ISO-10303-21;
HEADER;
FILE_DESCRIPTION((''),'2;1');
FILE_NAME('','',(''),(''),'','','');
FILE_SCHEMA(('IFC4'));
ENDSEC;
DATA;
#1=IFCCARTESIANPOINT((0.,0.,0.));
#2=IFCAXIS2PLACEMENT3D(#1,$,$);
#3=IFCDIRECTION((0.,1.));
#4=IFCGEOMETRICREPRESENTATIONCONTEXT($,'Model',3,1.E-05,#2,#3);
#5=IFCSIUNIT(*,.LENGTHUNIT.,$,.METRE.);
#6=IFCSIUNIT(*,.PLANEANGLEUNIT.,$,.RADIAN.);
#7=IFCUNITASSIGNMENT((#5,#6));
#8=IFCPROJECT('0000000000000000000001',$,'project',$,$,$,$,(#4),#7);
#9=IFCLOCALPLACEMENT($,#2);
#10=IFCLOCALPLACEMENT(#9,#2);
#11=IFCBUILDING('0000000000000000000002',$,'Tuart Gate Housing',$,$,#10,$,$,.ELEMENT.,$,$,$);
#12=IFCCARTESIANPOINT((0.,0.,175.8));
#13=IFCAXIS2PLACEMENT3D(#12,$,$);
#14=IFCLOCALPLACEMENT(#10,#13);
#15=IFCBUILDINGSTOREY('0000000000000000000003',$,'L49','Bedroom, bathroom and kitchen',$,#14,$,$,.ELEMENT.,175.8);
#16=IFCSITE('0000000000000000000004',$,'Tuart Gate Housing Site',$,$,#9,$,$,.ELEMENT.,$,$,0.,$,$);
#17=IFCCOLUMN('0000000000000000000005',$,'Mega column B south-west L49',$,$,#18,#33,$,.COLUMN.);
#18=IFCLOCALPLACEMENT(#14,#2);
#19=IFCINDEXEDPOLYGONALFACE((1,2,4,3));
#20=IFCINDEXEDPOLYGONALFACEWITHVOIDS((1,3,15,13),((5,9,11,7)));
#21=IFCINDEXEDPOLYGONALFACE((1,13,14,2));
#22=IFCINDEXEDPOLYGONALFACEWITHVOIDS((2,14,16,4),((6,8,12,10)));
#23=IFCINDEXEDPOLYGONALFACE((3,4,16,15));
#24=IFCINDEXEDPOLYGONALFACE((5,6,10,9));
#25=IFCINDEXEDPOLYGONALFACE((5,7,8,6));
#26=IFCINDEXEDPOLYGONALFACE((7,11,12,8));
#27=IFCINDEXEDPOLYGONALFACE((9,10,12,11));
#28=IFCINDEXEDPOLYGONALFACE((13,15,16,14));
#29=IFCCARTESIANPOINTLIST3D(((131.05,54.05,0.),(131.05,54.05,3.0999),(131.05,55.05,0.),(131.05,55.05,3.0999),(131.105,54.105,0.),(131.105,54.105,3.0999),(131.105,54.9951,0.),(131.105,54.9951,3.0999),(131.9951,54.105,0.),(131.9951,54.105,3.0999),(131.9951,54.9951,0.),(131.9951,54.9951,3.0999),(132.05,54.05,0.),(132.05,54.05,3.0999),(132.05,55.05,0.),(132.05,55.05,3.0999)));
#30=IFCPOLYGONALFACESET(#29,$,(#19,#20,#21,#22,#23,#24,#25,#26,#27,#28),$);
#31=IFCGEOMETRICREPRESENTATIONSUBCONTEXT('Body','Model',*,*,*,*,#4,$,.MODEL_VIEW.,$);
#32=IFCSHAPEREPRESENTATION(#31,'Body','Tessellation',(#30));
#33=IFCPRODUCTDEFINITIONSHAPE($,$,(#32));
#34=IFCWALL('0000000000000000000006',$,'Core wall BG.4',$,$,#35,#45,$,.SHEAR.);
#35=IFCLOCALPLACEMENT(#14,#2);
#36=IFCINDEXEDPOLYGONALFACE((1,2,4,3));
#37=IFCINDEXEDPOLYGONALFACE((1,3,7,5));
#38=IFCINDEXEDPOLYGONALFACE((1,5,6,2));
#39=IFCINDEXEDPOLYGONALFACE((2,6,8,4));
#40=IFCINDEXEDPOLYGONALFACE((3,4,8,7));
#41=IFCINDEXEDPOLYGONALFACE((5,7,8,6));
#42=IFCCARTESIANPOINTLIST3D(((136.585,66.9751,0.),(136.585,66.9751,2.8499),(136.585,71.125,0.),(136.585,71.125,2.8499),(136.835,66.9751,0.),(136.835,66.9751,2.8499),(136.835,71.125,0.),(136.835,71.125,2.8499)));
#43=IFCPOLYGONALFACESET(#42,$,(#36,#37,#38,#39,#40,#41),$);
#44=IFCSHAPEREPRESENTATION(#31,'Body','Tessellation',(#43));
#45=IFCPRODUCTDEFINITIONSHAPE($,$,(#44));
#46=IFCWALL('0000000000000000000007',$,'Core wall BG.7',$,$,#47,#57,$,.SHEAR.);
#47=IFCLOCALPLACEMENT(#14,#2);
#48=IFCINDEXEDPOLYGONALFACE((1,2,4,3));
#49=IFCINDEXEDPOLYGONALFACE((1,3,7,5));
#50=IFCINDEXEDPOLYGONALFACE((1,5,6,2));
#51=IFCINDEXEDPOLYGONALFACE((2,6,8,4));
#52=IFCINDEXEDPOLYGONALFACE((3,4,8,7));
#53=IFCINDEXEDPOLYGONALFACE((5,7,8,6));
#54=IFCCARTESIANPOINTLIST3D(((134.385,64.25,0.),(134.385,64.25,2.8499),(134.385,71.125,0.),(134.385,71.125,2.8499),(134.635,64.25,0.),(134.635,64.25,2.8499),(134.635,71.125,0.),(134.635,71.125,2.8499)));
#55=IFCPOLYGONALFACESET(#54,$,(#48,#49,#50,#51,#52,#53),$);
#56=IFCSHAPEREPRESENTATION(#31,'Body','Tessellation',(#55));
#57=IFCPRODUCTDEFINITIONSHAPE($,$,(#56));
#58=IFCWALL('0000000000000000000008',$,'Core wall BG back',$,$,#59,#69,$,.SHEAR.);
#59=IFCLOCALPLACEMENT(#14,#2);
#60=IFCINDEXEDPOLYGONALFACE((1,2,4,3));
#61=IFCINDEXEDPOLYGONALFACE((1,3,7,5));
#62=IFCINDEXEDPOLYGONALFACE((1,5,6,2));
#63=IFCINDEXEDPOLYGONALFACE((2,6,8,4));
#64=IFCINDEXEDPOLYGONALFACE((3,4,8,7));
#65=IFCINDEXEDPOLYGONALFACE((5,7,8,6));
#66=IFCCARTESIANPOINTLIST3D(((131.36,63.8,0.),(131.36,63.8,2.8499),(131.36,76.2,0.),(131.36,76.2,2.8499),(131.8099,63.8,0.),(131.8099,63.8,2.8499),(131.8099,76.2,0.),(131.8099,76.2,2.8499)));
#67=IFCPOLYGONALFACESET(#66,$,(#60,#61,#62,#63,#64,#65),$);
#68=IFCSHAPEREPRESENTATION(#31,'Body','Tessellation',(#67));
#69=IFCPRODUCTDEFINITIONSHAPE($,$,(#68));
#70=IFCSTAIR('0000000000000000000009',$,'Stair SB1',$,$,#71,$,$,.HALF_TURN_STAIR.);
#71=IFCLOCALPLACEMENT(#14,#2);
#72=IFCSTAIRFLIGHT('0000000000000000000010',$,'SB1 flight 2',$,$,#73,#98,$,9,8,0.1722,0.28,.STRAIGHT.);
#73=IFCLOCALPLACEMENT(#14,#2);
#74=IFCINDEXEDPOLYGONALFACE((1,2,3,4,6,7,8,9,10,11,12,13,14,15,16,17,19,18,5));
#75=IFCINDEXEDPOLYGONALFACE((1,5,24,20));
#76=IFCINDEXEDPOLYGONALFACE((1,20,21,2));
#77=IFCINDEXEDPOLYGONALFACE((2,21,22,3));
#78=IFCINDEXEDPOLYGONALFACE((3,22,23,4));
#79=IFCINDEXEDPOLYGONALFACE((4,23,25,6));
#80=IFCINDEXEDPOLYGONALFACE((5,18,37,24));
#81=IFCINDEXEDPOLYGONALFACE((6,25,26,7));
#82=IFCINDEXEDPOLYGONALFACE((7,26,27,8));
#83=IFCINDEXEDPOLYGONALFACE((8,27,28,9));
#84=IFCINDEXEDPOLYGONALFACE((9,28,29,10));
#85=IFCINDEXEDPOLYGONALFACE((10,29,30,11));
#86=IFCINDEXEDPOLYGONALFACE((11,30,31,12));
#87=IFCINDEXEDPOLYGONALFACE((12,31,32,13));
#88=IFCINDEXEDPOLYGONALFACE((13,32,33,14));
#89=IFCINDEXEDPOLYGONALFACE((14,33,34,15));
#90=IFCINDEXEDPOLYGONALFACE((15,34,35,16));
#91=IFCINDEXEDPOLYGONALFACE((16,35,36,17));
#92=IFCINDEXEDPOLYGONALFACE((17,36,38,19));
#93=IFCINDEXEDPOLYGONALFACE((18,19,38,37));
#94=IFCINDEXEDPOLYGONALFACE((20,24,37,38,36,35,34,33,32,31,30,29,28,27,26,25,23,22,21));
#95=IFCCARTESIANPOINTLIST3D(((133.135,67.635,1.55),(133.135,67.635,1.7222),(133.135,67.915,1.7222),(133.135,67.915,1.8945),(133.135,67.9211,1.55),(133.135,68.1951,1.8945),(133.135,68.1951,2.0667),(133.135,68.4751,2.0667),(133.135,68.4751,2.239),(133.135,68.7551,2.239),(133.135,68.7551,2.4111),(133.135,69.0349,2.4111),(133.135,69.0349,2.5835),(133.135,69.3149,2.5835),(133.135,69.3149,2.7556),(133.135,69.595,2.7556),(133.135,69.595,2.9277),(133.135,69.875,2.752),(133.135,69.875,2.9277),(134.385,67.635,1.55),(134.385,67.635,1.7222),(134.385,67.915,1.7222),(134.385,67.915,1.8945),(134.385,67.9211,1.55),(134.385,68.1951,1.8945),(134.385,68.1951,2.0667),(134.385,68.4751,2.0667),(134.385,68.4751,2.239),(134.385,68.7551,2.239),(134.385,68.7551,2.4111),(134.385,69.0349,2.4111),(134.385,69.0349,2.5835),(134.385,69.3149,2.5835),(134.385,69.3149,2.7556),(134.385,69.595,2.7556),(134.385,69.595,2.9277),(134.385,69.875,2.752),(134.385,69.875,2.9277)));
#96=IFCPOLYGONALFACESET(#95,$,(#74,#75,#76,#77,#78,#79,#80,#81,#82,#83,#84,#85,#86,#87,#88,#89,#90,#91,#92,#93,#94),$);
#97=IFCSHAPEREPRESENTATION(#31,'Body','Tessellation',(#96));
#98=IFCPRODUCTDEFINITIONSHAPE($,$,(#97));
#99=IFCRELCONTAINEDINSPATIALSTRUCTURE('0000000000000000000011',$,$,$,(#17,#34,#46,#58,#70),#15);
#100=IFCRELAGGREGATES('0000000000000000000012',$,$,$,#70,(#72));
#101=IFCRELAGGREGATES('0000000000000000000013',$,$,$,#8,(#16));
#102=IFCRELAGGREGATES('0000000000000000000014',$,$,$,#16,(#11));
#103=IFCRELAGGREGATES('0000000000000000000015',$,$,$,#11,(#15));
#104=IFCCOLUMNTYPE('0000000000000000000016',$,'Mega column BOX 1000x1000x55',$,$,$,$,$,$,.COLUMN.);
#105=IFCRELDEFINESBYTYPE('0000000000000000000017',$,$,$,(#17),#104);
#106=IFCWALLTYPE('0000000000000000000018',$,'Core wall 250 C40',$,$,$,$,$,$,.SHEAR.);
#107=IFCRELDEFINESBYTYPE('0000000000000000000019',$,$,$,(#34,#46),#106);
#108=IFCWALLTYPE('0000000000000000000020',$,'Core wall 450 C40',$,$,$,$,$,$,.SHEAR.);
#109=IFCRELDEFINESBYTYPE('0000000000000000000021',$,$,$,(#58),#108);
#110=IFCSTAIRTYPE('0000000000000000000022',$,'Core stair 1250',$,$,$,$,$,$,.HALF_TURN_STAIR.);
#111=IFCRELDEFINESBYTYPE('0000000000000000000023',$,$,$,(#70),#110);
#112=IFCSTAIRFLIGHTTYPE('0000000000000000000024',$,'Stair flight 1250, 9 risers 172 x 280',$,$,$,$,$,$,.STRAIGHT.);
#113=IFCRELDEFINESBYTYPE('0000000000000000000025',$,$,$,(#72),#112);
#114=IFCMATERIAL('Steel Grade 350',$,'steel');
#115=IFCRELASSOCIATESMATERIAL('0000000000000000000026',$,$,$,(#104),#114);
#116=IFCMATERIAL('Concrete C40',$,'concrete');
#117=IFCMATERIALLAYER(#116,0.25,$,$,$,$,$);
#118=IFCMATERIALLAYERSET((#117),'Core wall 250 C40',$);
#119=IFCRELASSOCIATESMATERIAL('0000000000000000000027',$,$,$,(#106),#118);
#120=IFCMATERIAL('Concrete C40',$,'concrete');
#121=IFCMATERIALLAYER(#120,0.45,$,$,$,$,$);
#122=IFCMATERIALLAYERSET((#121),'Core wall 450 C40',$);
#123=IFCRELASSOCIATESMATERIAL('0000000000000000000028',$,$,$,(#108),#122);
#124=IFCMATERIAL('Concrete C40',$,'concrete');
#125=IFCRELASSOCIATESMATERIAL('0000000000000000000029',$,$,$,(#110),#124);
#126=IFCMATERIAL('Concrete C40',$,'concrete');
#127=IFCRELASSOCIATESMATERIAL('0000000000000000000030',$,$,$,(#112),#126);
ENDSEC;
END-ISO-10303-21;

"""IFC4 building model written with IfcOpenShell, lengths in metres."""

from ifc_helpers import new_model, si_unit, direction, frame, frame_2d, origin, origin_2d, place, context, subcontext, project, spatial, polyline, rectangle, hollow_rectangle, outline, extrude, material, layer, layer_set, material_profile, profile_set, type_object, element, aggregate, save


model = new_model("IFC4")

# Units and contexts
model_context = context("Model", 3, precision=1e-05, world=origin(), true_north=direction((0.0, 1.0)))
body_context = subcontext(model_context, "Body", "Model", "MODEL_VIEW")
ifc_project = project(units=[si_unit("LENGTHUNIT", "METRE"), si_unit("PLANEANGLEUNIT", "RADIAN")], contexts=[model_context])

# Site, building, storey
site_placement = place(None, origin())
site = spatial("IfcSite", under=ifc_project, at=site_placement, Name="Tuart Gate Housing Site", CompositionType="ELEMENT", RefElevation=0.0)
building_placement = place(site_placement, origin())
building = spatial("IfcBuilding", under=site, at=building_placement, Name="Tuart Gate Housing", CompositionType="ELEMENT")
storey_placement = place(building_placement, frame((0.0, 0.0, 175.8)))
storey = spatial("IfcBuildingStorey", under=building, at=storey_placement, Name="L49", Description="Bedroom, bathroom and kitchen", CompositionType="ELEMENT", Elevation=175.8)

# Column
ifc_material_1 = material(Name="Steel Grade 350", Category="steel")
ifc_material_profile = material_profile(ifc_material_1, hollow_rectangle(XDim=1.0, YDim=1.0, WallThickness=0.0549, at=origin_2d()), Name="BOX 1000x1000x55")
ifc_profile_set = profile_set([ifc_material_profile], Name="Steel Grade 350")
column_type = type_object("IfcColumnType", Name="Mega column BOX 1000x1000x55", PredefinedType="COLUMN", material=ifc_profile_set)
column_placement = place(storey_placement, frame((131.55, 54.55, 0.0), z_axis=(0.0, 0.0, 1.0), x_axis=(1.0, 0.0, 0.0)))
element("IfcColumn", 1, at=column_placement, inside=storey, type_object=column_type, Name="Mega column B south-west L49", PredefinedType="COLUMN", context=body_context, shape_type="SweptSolid", body=[
    extrude(hollow_rectangle(XDim=1.0, YDim=1.0, WallThickness=0.0549, at=origin_2d()), origin(), (0.0, 0.0, 1.0), 3.0999),
])

# Walls
ifc_material_2 = material(Name="Concrete C40", Category="concrete")
ifc_layer_1 = layer(ifc_material_2, 0.25)
ifc_layer_set_1 = layer_set([ifc_layer_1], Name="Core wall 250 C40")
wall_type_1 = type_object("IfcWallType", Name="Core wall 250 C40", PredefinedType="SHEAR", material=ifc_layer_set_1)
wall_1_placement = place(storey_placement, frame((136.71, 66.9751, 0.0), z_axis=(0.0, 0.0, 1.0), x_axis=(0.0, 1.0, 0.0)))
element("IfcWall", 2, at=wall_1_placement, inside=storey, type_object=wall_type_1, Name="Core wall BG.4", PredefinedType="SHEAR", context=body_context, shape_type="SweptSolid", body=[
    extrude(rectangle(XDim=4.1499, YDim=0.25, at=frame_2d((2.075, 0.0))), origin(), (0.0, 0.0, 1.0), 2.8499),
])
wall_2_placement = place(storey_placement, frame((134.51, 64.25, 0.0), z_axis=(0.0, 0.0, 1.0), x_axis=(0.0, 1.0, 0.0)))
element("IfcWall", 3, at=wall_2_placement, inside=storey, type_object=wall_type_1, Name="Core wall BG.7", PredefinedType="SHEAR", context=body_context, shape_type="SweptSolid", body=[
    extrude(rectangle(XDim=6.875, YDim=0.25, at=frame_2d((3.4375, 0.0))), origin(), (0.0, 0.0, 1.0), 2.8499),
])
ifc_material_3 = material(Name="Concrete C40", Category="concrete")
ifc_layer_2 = layer(ifc_material_3, 0.45)
ifc_layer_set_2 = layer_set([ifc_layer_2], Name="Core wall 450 C40")
wall_type_2 = type_object("IfcWallType", Name="Core wall 450 C40", PredefinedType="SHEAR", material=ifc_layer_set_2)
wall_3_placement = place(storey_placement, frame((131.585, 63.8, 0.0), z_axis=(0.0, 0.0, 1.0), x_axis=(0.0, 1.0, 0.0)))
element("IfcWall", 4, at=wall_3_placement, inside=storey, type_object=wall_type_2, Name="Core wall BG back", PredefinedType="SHEAR", context=body_context, shape_type="SweptSolid", body=[
    extrude(rectangle(XDim=12.3999, YDim=0.45, at=frame_2d((6.2, 0.0))), origin(), (0.0, 0.0, 1.0), 2.8499),
])

# Stair, stair flight
ifc_material_4 = material(Name="Concrete C40", Category="concrete")
stair_type = type_object("IfcStairType", Name="Core stair 1250", PredefinedType="HALF_TURN_STAIR", material=ifc_material_4)
stair_placement = place(storey_placement, origin())
stair = element("IfcStair", 5, at=stair_placement, inside=storey, type_object=stair_type, Name="Stair SB1", PredefinedType="HALF_TURN_STAIR")
ifc_material_5 = material(Name="Concrete C40", Category="concrete")
stair_flight_type = type_object("IfcStairFlightType", Name="Stair flight 1250, 9 risers 172 x 280", PredefinedType="STRAIGHT", material=ifc_material_5)
stair_flight_placement = place(storey_placement, frame((133.76, 67.635, 1.55), z_axis=(0.0, 0.0, 1.0), x_axis=(0.0, 1.0, 0.0)))
stair_flight = element("IfcStairFlight", 6, at=stair_flight_placement, type_object=stair_flight_type, Name="SB1 flight 2", NumberOfRisers=9, NumberOfTreads=8, PredefinedType="STRAIGHT", RiserHeight=0.1722, TreadLength=0.28, context=body_context, shape_type="SweptSolid", body=[
    extrude(outline(polyline([(0.0, 0.0), (0.0, 0.1721), (0.28, 0.1721), (0.28, 0.3445), (0.5601, 0.3445), (0.5601, 0.5166), (0.8401, 0.5166), (0.8401, 0.689), (1.1201, 0.689), (1.1201, 0.8611), (1.3999, 0.8611), (1.3999, 1.0334), (1.6799, 1.0334), (1.6799, 1.2056), (1.96, 1.2056), (1.96, 1.3777), (2.24, 1.3777), (2.24, 1.55), (2.24, 1.2019), (0.2861, 0.0), (0.0, 0.0)])), frame((0.0, 0.625, 0.0), z_axis=(0.0, -1.0, 0.0), x_axis=(1.0, 0.0, 0.0)), (0.0, 0.0, 1.0), 1.25),
])
aggregate(stair, [stair_flight])

save(model, "model.ifc")
